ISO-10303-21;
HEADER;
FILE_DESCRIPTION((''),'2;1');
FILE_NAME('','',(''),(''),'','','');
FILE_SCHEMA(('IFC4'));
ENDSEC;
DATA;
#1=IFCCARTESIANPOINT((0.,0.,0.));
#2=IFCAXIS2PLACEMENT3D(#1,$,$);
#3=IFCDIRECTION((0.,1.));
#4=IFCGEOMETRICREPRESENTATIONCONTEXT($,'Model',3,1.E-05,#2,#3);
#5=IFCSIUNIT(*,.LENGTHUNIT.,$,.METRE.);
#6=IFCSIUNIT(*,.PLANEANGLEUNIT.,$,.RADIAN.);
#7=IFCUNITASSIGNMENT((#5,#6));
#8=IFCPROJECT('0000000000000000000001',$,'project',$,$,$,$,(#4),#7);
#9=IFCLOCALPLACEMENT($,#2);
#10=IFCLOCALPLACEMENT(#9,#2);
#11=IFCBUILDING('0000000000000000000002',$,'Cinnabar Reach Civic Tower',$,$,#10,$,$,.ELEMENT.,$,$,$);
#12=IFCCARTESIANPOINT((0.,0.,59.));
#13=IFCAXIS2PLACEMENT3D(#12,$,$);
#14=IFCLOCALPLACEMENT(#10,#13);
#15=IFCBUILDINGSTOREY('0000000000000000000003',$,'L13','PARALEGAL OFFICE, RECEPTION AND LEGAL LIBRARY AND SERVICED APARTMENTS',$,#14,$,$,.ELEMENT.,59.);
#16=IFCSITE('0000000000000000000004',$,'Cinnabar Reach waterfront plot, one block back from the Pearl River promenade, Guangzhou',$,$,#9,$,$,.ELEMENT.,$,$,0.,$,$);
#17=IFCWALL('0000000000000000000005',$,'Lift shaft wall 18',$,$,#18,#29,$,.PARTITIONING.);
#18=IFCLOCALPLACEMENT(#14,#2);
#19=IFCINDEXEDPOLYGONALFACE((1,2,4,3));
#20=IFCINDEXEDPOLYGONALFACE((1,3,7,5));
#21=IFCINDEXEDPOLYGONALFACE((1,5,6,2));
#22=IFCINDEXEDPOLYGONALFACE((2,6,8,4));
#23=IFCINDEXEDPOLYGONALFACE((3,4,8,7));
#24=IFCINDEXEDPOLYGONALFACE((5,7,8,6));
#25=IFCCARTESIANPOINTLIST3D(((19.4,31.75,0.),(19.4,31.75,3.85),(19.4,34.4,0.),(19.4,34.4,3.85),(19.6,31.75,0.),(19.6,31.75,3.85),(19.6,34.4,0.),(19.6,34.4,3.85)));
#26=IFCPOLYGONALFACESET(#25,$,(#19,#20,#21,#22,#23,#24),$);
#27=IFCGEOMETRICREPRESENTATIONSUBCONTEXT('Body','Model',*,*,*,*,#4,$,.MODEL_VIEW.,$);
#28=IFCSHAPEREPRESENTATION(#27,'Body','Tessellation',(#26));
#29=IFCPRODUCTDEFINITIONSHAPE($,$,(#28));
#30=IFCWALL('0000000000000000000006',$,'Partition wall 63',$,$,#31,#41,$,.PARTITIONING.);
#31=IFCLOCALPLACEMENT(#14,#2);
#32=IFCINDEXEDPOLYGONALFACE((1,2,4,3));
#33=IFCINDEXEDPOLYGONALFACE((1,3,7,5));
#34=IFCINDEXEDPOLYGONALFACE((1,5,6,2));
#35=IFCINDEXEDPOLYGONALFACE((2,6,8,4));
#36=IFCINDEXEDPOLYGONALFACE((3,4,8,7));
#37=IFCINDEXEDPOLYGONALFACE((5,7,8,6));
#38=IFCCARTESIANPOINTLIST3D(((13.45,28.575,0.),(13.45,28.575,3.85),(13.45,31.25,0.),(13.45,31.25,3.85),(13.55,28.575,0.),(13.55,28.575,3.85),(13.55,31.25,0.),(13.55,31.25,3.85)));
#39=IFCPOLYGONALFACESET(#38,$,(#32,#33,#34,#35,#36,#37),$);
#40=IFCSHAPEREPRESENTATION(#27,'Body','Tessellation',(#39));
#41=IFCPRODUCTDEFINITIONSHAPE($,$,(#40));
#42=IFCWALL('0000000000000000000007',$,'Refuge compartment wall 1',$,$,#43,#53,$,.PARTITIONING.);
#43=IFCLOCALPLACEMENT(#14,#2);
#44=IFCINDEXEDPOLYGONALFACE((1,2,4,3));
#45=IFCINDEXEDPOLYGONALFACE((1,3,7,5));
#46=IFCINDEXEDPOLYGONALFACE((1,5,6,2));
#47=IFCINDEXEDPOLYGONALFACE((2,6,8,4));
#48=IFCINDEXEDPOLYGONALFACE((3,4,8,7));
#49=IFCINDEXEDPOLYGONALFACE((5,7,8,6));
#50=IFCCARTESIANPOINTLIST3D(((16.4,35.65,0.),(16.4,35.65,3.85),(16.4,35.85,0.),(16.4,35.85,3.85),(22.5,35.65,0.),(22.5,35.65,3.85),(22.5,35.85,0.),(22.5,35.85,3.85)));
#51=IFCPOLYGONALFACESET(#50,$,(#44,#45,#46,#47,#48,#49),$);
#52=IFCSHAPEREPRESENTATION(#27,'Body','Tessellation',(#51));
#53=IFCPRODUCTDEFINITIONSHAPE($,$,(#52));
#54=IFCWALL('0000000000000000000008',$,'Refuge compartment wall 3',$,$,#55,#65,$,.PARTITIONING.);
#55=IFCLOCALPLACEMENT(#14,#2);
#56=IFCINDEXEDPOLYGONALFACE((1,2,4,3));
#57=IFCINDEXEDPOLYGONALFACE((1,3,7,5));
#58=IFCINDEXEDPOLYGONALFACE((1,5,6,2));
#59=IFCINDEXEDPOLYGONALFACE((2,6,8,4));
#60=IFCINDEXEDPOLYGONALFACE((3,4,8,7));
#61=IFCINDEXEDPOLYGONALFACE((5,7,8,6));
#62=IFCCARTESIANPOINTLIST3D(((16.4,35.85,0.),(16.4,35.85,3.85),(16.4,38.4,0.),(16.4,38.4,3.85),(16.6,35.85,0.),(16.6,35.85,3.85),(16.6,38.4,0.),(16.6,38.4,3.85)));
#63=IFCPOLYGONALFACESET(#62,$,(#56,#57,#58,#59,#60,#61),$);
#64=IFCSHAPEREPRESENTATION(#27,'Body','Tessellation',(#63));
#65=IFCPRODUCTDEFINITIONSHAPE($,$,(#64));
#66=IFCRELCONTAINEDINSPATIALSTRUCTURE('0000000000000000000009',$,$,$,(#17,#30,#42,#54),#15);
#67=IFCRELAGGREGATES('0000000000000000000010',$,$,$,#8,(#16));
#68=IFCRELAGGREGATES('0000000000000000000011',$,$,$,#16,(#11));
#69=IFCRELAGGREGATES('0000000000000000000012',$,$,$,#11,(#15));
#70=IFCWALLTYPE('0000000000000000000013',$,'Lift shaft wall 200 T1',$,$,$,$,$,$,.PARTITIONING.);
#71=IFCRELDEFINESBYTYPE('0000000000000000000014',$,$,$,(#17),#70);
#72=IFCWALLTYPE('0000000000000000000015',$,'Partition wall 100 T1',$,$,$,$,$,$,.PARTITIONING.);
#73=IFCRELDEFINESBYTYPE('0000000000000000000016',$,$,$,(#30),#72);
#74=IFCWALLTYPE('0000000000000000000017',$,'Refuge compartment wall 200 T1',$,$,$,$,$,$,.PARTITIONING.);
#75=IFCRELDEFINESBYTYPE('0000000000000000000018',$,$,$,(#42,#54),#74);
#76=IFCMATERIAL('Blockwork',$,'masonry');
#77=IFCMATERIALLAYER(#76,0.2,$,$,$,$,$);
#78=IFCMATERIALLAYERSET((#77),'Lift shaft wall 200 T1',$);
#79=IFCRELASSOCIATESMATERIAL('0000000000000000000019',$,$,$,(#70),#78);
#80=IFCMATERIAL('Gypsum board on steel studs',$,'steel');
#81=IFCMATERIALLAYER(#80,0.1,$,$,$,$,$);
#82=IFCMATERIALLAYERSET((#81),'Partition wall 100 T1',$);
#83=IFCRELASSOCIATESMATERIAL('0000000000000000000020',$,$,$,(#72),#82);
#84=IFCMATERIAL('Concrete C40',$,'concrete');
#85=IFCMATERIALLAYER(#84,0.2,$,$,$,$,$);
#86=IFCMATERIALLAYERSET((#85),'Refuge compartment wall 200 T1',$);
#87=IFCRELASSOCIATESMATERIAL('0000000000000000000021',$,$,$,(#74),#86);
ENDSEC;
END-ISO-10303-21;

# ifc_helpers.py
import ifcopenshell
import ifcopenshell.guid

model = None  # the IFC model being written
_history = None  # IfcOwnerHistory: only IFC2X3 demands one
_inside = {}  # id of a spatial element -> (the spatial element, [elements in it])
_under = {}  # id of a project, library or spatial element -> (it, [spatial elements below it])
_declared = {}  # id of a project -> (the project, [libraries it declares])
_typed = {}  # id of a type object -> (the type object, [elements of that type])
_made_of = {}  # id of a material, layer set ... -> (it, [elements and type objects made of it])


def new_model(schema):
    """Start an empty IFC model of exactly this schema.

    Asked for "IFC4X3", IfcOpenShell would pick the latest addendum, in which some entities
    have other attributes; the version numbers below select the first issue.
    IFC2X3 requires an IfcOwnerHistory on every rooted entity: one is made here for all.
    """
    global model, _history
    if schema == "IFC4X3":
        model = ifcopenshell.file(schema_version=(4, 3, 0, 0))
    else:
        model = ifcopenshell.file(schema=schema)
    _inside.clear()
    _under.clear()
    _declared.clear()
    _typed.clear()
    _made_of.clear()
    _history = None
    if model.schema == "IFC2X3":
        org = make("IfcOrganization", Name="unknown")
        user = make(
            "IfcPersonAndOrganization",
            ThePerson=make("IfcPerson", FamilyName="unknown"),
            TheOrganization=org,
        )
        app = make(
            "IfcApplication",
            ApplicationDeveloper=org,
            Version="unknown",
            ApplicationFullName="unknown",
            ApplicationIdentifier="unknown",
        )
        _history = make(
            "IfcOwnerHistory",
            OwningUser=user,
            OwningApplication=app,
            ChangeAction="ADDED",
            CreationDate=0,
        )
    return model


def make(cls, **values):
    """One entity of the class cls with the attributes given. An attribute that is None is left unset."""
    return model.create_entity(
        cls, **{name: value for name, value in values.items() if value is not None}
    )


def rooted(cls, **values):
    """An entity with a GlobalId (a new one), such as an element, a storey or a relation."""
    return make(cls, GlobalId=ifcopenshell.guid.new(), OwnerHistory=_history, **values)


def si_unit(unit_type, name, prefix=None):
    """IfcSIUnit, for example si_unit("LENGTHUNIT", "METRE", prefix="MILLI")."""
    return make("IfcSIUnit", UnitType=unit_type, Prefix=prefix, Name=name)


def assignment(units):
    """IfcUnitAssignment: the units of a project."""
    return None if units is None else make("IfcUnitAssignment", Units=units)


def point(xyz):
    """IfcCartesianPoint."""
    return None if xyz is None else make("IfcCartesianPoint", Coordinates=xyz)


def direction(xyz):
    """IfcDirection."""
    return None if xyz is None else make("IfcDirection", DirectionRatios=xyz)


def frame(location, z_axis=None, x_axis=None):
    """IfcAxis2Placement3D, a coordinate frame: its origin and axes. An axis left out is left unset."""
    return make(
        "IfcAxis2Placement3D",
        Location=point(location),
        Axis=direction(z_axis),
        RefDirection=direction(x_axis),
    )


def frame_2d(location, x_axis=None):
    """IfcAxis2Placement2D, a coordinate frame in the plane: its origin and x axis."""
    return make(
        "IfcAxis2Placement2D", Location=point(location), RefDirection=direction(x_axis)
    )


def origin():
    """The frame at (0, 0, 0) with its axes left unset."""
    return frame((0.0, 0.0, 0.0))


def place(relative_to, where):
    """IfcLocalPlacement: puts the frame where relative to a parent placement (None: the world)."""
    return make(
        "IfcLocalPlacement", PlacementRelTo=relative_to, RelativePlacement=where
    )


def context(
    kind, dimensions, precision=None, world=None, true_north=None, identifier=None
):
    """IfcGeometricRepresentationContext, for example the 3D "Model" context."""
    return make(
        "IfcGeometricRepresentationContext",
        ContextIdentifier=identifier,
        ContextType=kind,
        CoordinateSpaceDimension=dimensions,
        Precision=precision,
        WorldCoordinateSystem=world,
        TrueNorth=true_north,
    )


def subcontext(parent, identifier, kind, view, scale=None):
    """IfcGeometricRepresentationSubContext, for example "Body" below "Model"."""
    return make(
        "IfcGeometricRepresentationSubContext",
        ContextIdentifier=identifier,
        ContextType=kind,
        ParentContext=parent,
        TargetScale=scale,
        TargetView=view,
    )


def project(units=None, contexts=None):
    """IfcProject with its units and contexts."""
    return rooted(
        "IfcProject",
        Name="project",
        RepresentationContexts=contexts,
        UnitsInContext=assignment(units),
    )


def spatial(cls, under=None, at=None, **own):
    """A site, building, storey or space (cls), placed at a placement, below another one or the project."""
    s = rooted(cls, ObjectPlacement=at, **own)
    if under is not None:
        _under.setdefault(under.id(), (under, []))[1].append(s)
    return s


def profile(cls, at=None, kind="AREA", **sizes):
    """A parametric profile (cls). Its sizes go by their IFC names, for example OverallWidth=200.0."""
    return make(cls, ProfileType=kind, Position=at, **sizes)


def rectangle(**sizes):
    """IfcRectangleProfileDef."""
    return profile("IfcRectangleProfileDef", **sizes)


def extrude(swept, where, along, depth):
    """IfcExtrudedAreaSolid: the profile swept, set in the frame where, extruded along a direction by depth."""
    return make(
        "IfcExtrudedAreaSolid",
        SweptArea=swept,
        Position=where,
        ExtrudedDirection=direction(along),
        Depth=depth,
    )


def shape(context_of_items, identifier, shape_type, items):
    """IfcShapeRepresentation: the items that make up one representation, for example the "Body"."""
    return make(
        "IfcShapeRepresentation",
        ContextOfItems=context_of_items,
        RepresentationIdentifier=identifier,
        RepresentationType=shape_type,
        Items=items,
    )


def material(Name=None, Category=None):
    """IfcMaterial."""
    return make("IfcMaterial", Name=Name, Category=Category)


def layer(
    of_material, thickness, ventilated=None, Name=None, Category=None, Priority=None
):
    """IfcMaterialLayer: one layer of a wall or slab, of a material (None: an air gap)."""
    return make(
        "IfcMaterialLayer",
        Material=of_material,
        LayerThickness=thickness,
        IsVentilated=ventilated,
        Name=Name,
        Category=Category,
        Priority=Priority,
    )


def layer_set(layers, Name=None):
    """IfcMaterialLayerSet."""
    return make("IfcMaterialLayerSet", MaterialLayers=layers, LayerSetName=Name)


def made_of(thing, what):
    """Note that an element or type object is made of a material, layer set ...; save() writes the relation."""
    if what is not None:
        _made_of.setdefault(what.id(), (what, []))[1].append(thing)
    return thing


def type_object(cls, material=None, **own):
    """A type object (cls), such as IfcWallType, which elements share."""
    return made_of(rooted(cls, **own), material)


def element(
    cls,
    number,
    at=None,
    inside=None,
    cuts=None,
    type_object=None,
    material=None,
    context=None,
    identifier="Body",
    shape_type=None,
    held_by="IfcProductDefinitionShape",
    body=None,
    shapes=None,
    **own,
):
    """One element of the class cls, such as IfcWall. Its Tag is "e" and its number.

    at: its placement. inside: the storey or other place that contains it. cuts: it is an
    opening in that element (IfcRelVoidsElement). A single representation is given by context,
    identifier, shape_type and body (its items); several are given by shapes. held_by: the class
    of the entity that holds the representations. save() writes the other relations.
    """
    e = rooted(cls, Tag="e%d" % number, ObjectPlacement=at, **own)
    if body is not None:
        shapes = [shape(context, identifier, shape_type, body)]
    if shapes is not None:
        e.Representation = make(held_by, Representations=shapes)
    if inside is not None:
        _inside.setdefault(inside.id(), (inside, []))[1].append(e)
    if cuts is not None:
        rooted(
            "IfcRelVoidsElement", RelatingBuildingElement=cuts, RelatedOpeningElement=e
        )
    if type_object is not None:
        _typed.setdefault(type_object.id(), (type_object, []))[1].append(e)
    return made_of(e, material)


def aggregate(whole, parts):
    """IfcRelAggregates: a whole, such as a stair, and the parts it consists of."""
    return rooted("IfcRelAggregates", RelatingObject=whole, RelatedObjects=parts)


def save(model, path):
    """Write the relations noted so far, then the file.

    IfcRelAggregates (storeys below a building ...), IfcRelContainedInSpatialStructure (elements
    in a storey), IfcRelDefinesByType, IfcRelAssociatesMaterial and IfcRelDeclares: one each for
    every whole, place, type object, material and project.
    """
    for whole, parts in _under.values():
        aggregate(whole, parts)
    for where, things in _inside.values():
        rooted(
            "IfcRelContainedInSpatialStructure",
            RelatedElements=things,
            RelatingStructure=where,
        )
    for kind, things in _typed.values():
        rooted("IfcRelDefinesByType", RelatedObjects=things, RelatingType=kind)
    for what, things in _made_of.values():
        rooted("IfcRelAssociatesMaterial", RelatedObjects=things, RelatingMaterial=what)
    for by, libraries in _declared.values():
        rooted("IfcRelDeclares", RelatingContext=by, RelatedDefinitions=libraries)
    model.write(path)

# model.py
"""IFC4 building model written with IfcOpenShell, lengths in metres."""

from ifc_helpers import new_model, si_unit, direction, frame, frame_2d, origin, place, context, subcontext, project, spatial, rectangle, extrude, material, layer, layer_set, type_object, element, save


model = new_model("IFC4")

# Units and contexts
model_context = context("Model", 3, precision=1e-05, world=origin(), true_north=direction((0.0, 1.0)))
body_context = subcontext(model_context, "Body", "Model", "MODEL_VIEW")
ifc_project = project(units=[si_unit("LENGTHUNIT", "METRE"), si_unit("PLANEANGLEUNIT", "RADIAN")], contexts=[model_context])

# Site, building, storey
site_placement = place(None, origin())
site = spatial("IfcSite", under=ifc_project, at=site_placement, Name="Cinnabar Reach waterfront plot, one block back from the Pearl River promenade, Guangzhou", CompositionType="ELEMENT", RefElevation=0.0)
building_placement = place(site_placement, origin())
building = spatial("IfcBuilding", under=site, at=building_placement, Name="Cinnabar Reach Civic Tower", CompositionType="ELEMENT")
storey_placement = place(building_placement, frame((0.0, 0.0, 59.0)))
storey = spatial("IfcBuildingStorey", under=building, at=storey_placement, Name="L13", Description="PARALEGAL OFFICE, RECEPTION AND LEGAL LIBRARY AND SERVICED APARTMENTS", CompositionType="ELEMENT", Elevation=59.0)

# Walls
ifc_material_1 = material(Name="Blockwork", Category="masonry")
ifc_layer_1 = layer(ifc_material_1, 0.2)
ifc_layer_set_1 = layer_set([ifc_layer_1], Name="Lift shaft wall 200 T1")
wall_type_1 = type_object("IfcWallType", Name="Lift shaft wall 200 T1", PredefinedType="PARTITIONING", material=ifc_layer_set_1)
for number, where, z_axis, x_axis, name in (
    (1, (19.5, 31.75, 0.0), (0.0, 0.0, 1.0), (0.0, 1.0, 0.0), "Lift shaft wall 18"),
):
    element("IfcWall", number, at=place(storey_placement, frame(where, z_axis=z_axis, x_axis=x_axis)), inside=storey, type_object=wall_type_1, Name=name, PredefinedType="PARTITIONING", context=body_context, shape_type="SweptSolid", body=[
        extrude(rectangle(XDim=2.65, YDim=0.2, at=frame_2d((1.325, 0.0))), origin(), (0.0, 0.0, 1.0), 3.85),
    ])
ifc_material_2 = material(Name="Gypsum board on steel studs", Category="steel")
ifc_layer_2 = layer(ifc_material_2, 0.1)
ifc_layer_set_2 = layer_set([ifc_layer_2], Name="Partition wall 100 T1")
wall_type_2 = type_object("IfcWallType", Name="Partition wall 100 T1", PredefinedType="PARTITIONING", material=ifc_layer_set_2)
wall_1_placement = place(storey_placement, frame((13.5, 28.575, 0.0), z_axis=(0.0, 0.0, 1.0), x_axis=(0.0, 1.0, 0.0)))
element("IfcWall", 2, at=wall_1_placement, inside=storey, type_object=wall_type_2, Name="Partition wall 63", PredefinedType="PARTITIONING", context=body_context, shape_type="SweptSolid", body=[
    extrude(rectangle(XDim=2.675, YDim=0.1, at=frame_2d((1.3375, 0.0))), origin(), (0.0, 0.0, 1.0), 3.85),
])
ifc_material_3 = material(Name="Concrete C40", Category="concrete")
ifc_layer_3 = layer(ifc_material_3, 0.2)
ifc_layer_set_3 = layer_set([ifc_layer_3], Name="Refuge compartment wall 200 T1")
wall_type_3 = type_object("IfcWallType", Name="Refuge compartment wall 200 T1", PredefinedType="PARTITIONING", material=ifc_layer_set_3)
wall_2_placement = place(storey_placement, frame((16.4, 35.75, 0.0), z_axis=(0.0, 0.0, 1.0), x_axis=(1.0, 0.0, 0.0)))
element("IfcWall", 3, at=wall_2_placement, inside=storey, type_object=wall_type_3, Name="Refuge compartment wall 1", PredefinedType="PARTITIONING", context=body_context, shape_type="SweptSolid", body=[
    extrude(rectangle(XDim=6.1, YDim=0.2, at=frame_2d((3.05, 0.0))), origin(), (0.0, 0.0, 1.0), 3.85),
])
wall_3_placement = place(storey_placement, frame((16.5, 35.85, 0.0), z_axis=(0.0, 0.0, 1.0), x_axis=(0.0, 1.0, 0.0)))
element("IfcWall", 4, at=wall_3_placement, inside=storey, type_object=wall_type_3, Name="Refuge compartment wall 3", PredefinedType="PARTITIONING", context=body_context, shape_type="SweptSolid", body=[
    extrude(rectangle(XDim=2.55, YDim=0.2, at=frame_2d((1.275, 0.0))), origin(), (0.0, 0.0, 1.0), 3.85),
])

save(model, "model.ifc")
